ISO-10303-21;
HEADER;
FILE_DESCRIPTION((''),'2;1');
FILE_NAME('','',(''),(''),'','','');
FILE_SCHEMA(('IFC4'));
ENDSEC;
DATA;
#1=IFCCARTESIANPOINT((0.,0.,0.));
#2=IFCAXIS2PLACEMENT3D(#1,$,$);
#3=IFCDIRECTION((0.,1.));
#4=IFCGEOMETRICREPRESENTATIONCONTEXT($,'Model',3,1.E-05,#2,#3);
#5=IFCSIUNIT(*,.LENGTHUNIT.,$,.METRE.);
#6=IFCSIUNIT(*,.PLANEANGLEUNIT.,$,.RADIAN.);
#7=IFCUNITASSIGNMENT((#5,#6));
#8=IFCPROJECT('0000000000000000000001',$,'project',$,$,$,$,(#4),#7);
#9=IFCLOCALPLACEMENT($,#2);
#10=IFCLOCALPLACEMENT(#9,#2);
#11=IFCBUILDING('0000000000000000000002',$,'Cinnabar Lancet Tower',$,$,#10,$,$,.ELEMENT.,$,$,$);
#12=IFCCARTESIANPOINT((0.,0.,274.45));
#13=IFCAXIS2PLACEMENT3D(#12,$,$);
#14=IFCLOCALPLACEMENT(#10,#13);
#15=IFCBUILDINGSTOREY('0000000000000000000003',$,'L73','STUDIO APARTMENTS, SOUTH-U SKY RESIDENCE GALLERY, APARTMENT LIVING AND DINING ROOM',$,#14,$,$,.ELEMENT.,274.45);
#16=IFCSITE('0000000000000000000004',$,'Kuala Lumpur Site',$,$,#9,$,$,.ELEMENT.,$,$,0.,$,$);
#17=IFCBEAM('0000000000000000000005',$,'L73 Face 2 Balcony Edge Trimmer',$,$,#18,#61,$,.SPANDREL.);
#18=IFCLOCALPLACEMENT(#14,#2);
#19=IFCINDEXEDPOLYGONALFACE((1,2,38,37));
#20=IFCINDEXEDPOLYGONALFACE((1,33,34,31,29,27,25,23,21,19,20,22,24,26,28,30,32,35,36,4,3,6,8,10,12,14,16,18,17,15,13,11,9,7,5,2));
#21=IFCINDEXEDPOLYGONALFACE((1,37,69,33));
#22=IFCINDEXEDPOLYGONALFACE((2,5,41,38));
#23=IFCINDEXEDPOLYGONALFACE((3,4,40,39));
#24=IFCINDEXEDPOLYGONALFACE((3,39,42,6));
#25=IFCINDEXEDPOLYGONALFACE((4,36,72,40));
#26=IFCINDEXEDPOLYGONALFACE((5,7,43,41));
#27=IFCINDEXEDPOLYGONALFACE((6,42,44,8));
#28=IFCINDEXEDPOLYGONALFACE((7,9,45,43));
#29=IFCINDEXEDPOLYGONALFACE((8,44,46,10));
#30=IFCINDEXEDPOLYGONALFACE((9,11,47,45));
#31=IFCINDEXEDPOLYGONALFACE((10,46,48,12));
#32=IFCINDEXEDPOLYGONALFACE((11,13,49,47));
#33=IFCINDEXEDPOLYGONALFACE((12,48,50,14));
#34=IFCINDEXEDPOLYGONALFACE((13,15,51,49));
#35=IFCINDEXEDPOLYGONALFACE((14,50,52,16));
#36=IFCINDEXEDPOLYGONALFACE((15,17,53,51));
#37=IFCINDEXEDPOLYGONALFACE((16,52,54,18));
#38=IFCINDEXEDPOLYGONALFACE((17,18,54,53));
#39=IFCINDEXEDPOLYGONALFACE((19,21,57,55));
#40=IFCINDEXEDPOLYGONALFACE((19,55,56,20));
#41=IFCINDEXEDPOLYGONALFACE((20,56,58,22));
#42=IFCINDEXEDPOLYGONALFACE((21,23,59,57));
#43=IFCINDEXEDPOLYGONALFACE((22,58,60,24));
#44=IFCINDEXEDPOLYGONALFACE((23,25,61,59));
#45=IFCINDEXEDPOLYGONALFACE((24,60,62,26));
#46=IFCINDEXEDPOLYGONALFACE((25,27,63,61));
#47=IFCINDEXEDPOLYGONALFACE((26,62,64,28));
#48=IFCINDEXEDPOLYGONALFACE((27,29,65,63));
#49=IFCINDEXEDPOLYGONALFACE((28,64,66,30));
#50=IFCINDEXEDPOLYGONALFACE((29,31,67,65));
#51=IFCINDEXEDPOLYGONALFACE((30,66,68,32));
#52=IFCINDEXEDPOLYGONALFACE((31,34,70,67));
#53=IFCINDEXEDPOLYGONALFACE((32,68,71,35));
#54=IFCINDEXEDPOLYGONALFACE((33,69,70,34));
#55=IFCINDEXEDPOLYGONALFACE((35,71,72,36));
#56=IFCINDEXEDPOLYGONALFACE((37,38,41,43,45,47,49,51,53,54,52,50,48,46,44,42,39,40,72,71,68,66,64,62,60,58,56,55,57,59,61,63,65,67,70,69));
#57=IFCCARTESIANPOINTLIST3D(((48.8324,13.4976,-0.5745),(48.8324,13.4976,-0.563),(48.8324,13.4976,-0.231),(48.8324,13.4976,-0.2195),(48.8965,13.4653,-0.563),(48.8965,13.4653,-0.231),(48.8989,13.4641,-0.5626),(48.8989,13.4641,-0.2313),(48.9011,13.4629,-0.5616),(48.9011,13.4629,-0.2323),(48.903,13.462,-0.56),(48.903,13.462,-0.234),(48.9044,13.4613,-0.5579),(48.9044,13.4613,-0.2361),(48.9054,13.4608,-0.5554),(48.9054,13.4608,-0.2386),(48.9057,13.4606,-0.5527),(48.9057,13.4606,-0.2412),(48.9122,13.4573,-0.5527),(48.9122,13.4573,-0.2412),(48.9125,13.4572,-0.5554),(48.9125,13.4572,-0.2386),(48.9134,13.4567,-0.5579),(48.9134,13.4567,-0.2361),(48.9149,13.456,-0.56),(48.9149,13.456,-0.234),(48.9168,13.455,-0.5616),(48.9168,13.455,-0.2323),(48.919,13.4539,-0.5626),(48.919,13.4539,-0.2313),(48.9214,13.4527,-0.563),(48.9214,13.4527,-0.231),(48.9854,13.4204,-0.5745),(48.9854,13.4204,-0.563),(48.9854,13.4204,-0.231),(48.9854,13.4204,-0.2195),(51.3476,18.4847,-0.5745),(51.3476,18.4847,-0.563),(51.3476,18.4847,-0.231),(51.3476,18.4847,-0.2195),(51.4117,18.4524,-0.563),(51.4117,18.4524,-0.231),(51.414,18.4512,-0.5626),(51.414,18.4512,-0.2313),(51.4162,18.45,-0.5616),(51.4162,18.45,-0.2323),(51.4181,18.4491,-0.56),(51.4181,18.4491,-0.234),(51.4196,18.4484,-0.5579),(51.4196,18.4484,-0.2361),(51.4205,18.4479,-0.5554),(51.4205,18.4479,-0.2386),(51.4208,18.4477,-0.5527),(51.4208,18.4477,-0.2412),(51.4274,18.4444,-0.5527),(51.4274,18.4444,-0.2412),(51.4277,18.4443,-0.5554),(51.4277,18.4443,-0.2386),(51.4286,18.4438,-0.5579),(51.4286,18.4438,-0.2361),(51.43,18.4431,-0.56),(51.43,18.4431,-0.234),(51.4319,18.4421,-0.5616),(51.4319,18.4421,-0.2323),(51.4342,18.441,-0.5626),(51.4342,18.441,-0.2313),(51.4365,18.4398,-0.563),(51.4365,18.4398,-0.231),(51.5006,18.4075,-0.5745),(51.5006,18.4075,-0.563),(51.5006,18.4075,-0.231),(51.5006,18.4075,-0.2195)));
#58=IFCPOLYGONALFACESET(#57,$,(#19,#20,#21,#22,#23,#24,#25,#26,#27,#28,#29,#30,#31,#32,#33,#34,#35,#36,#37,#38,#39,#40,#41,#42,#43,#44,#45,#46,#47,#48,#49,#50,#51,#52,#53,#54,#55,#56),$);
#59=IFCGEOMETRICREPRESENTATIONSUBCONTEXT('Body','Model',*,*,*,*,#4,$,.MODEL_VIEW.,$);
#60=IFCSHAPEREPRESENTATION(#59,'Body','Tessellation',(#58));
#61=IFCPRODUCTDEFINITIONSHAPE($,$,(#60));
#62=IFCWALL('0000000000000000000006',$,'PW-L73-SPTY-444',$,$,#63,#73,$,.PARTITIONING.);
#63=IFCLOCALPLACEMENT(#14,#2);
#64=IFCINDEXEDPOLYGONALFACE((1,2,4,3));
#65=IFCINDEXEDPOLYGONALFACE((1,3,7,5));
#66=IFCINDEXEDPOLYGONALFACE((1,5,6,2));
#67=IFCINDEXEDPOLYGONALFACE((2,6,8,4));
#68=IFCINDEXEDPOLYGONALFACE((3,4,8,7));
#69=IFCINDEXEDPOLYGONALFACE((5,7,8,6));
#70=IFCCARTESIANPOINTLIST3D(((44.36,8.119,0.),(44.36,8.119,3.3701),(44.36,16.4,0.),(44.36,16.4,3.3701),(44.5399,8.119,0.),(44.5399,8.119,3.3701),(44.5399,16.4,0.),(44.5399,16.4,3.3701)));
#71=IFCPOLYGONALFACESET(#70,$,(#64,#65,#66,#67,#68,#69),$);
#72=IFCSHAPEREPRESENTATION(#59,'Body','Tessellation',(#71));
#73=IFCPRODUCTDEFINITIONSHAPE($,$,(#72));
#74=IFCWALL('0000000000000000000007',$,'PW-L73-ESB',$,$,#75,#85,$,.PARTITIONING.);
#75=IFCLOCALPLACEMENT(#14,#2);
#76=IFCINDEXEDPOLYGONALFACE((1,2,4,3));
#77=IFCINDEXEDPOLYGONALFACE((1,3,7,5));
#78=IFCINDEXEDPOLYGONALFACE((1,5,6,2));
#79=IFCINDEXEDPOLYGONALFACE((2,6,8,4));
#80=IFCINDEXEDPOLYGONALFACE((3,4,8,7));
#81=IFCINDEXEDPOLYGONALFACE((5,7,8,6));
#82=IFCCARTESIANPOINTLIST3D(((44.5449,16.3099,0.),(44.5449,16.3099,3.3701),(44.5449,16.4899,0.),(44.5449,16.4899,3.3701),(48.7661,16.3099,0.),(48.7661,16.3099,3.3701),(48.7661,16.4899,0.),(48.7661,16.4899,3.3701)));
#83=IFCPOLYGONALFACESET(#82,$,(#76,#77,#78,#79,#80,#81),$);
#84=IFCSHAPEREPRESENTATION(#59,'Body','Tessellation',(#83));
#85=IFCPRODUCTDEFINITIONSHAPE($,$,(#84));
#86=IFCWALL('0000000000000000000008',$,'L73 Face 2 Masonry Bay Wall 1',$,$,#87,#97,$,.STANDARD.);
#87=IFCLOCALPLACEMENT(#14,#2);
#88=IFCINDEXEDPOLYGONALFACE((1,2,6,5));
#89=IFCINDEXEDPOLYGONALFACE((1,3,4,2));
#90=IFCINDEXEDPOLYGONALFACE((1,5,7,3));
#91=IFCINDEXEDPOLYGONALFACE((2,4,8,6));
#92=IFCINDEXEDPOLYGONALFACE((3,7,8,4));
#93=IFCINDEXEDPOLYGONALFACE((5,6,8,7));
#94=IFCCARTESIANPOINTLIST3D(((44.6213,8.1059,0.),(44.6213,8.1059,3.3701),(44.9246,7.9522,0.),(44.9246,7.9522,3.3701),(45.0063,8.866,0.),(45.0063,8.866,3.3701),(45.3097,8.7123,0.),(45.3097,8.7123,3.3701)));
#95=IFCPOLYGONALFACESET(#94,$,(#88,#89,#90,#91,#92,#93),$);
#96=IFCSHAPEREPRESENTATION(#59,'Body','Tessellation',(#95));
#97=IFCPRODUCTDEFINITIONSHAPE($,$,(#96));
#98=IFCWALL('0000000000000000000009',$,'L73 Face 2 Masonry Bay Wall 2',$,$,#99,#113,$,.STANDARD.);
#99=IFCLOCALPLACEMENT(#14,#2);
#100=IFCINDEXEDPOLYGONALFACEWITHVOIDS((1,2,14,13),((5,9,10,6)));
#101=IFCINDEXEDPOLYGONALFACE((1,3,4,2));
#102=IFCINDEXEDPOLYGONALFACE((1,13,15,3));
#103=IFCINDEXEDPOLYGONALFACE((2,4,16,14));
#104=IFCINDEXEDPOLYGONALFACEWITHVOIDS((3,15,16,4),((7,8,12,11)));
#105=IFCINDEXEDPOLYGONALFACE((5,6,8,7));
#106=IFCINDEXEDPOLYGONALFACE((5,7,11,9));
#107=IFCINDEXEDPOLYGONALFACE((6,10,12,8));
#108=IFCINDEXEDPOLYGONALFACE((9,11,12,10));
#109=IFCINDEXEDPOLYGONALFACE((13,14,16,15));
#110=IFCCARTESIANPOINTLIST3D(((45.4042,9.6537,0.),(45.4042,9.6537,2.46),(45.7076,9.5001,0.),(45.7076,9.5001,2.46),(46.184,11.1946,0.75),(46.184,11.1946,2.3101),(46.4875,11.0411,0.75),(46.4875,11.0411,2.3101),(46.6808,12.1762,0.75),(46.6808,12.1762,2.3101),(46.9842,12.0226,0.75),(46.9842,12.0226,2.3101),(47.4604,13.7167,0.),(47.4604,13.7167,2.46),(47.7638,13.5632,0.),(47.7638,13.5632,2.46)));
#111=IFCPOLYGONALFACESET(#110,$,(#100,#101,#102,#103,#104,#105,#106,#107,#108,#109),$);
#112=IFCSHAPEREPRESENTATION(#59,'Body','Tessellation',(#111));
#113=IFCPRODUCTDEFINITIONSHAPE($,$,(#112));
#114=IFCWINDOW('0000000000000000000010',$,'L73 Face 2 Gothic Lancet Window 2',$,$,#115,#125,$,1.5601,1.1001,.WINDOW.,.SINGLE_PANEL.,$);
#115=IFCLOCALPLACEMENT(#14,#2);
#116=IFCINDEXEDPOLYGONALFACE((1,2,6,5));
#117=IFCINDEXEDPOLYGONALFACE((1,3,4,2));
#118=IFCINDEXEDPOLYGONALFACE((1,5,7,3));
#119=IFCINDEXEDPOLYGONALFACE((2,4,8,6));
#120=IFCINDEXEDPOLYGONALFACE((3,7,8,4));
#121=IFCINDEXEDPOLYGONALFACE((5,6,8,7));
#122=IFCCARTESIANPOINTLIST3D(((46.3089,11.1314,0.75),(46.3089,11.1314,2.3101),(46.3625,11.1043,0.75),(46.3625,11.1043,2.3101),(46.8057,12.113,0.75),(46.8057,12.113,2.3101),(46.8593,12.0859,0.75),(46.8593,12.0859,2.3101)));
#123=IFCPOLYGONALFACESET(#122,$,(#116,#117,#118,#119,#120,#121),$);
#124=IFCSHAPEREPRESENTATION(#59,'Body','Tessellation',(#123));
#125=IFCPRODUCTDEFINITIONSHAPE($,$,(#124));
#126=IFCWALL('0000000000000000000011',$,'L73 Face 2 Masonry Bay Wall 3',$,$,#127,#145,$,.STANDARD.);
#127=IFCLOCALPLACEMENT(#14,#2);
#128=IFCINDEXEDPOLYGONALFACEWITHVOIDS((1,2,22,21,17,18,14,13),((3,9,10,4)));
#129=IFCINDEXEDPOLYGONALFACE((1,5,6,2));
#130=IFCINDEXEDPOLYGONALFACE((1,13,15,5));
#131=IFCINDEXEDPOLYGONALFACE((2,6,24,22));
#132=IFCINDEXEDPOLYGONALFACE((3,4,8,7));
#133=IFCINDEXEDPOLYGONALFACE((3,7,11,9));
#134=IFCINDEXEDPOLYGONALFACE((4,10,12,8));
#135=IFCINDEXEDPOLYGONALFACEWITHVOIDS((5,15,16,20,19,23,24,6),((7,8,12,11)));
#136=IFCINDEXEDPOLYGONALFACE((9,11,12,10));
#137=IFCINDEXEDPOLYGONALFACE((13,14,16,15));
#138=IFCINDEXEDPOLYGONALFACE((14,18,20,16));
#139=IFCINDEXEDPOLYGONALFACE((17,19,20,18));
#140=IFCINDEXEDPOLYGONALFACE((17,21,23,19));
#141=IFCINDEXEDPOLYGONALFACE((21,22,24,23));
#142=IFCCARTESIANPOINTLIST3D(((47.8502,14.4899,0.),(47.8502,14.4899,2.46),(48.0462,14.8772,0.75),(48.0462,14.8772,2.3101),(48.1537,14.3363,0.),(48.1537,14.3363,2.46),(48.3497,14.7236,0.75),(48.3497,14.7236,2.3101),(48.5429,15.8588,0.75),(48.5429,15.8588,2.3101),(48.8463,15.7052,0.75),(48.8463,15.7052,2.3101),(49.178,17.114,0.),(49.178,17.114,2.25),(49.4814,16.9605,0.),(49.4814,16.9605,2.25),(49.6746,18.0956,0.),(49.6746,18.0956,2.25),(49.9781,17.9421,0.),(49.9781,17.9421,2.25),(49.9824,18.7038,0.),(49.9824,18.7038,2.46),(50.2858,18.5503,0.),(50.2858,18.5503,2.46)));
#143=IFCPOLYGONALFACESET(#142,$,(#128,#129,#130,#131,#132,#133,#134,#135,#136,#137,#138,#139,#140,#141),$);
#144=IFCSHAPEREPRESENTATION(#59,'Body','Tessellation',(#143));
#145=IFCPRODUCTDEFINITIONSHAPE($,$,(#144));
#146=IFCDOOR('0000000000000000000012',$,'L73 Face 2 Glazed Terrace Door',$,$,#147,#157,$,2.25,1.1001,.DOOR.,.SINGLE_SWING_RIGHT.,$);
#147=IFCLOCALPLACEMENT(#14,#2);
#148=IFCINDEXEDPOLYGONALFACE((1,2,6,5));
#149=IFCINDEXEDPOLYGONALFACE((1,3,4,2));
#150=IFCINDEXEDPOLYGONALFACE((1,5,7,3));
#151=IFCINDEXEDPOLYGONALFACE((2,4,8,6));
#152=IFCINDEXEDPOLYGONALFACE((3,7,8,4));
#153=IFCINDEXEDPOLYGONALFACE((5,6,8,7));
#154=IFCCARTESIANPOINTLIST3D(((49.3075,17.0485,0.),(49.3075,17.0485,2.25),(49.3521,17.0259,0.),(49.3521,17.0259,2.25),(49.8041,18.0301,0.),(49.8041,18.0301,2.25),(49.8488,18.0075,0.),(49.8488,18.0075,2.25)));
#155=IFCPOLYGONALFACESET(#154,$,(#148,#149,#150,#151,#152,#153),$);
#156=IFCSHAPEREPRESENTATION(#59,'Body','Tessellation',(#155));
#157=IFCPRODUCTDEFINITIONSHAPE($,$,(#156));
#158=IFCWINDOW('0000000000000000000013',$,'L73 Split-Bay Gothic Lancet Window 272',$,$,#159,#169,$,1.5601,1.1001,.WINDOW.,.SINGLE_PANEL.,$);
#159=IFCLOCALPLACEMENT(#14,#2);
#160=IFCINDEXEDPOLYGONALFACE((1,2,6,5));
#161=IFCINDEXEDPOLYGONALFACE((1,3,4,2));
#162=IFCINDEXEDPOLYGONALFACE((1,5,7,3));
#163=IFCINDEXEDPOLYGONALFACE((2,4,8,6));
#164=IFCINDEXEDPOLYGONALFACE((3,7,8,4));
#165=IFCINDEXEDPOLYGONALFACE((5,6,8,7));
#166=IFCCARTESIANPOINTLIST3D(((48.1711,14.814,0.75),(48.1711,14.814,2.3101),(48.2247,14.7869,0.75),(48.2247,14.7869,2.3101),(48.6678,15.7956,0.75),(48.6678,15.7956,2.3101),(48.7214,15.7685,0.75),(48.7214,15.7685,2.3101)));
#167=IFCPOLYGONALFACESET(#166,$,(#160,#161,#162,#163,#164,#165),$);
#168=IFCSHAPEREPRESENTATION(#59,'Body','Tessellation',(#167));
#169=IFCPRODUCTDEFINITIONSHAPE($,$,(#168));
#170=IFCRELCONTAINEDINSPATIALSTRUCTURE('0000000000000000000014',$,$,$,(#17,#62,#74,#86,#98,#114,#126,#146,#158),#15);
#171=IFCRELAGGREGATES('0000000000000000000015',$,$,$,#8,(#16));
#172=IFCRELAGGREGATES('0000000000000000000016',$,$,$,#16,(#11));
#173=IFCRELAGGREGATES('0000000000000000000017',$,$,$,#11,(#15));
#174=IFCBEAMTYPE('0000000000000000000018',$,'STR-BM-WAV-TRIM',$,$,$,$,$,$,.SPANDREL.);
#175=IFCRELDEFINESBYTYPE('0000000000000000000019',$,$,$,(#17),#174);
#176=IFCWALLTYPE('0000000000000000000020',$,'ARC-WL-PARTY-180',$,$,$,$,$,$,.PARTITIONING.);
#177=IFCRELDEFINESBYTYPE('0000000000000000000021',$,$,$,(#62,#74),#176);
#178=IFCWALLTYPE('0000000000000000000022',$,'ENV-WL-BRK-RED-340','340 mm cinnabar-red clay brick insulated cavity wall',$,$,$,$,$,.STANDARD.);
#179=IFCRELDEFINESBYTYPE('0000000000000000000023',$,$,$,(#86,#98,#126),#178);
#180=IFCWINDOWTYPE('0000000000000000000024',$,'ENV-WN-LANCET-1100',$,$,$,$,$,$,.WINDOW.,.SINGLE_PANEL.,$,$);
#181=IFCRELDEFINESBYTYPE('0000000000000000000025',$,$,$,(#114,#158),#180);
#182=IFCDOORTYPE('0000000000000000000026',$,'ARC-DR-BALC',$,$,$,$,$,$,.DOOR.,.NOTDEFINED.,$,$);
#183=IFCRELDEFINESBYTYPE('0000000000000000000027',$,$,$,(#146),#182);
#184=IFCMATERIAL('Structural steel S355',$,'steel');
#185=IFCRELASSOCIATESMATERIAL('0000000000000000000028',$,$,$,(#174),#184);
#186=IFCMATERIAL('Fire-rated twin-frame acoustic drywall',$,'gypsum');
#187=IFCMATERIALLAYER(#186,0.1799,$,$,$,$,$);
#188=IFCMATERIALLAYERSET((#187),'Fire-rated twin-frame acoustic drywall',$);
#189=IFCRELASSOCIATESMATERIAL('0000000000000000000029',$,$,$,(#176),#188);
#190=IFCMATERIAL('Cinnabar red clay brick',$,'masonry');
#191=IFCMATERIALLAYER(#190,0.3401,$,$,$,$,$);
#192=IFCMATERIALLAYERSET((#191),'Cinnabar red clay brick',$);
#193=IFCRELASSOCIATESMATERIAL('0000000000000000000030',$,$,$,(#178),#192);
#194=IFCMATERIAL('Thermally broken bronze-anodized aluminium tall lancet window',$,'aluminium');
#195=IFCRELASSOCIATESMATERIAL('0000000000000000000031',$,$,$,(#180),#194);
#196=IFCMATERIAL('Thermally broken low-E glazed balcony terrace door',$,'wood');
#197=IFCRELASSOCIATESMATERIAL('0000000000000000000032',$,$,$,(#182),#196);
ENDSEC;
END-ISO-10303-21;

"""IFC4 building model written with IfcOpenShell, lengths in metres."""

from ifc_helpers import new_model, si_unit, direction, frame, frame_2d, origin, origin_2d, place, context, subcontext, project, spatial, rectangle, i_section, extrude, material, layer, layer_set, material_profile, profile_set, type_object, element, fill, save


model = new_model("IFC4")

# Units and contexts
model_context = context("Model", 3, precision=1e-05, world=origin(), true_north=direction((0.0, 1.0)))
body_context = subcontext(model_context, "Body", "Model", "MODEL_VIEW")
ifc_project = project(units=[si_unit("LENGTHUNIT", "METRE"), si_unit("PLANEANGLEUNIT", "RADIAN")], contexts=[model_context])

# Site, building, storey
site_placement = place(None, origin())
site = spatial("IfcSite", under=ifc_project, at=site_placement, Name="Kuala Lumpur Site", CompositionType="ELEMENT", RefElevation=0.0)
building_placement = place(site_placement, origin())
building = spatial("IfcBuilding", under=site, at=building_placement, Name="Cinnabar Lancet Tower", CompositionType="ELEMENT")
storey_placement = place(building_placement, frame((0.0, 0.0, 274.45)))
storey = spatial("IfcBuildingStorey", under=building, at=storey_placement, Name="L73", Description="STUDIO APARTMENTS, SOUTH-U SKY RESIDENCE GALLERY, APARTMENT LIVING AND DINING ROOM", CompositionType="ELEMENT", Elevation=274.45)

# Beam
ifc_material_1 = material(Name="Structural steel S355", Category="steel")
ifc_material_profile_1 = material_profile(ifc_material_1, i_section(OverallWidth=0.1714, OverallDepth=0.355, WebThickness=0.0073, FlangeThickness=0.0115, FilletRadius=0.0103, at=origin_2d()), Name="UKB 356x171x51")
ifc_profile_set_1 = profile_set([ifc_material_profile_1], Name="Structural steel S355")
beam_type_1 = type_object("IfcBeamType", Name="STR-BM-WAV-TRIM", PredefinedType="SPANDREL", material=ifc_profile_set_1)
beam_1_placement = place(storey_placement, frame((48.9089, 13.459, -0.397), z_axis=(0.450306, 0.892874, 0.0), x_axis=(-0.892874, 0.450306, 0.0)))
element("IfcBeam", 1, at=beam_1_placement, inside=storey, type_object=beam_type_1, Name="L73 Face 2 Balcony Edge Trimmer", PredefinedType="SPANDREL", context=body_context, shape_type="SweptSolid", body=[
    extrude(i_section(OverallWidth=0.1714, OverallDepth=0.355, WebThickness=0.0073, FlangeThickness=0.0115, FilletRadius=0.0103, at=origin_2d()), origin(), (0.0, 0.0, 1.0), 5.5854),
])

# Walls
ifc_material_2 = material(Name="Fire-rated twin-frame acoustic drywall", Category="gypsum")
ifc_layer_1 = layer(ifc_material_2, 0.1799)
ifc_layer_set_1 = layer_set([ifc_layer_1], Name="Fire-rated twin-frame acoustic drywall")
wall_type_1 = type_object("IfcWallType", Name="ARC-WL-PARTY-180", PredefinedType="PARTITIONING", material=ifc_layer_set_1)
wall_1_placement = place(storey_placement, frame((44.45, 8.1189, 0.0), z_axis=(0.0, 0.0, 1.0), x_axis=(0.0, 1.0, 0.0)))
element("IfcWall", 2, at=wall_1_placement, inside=storey, type_object=wall_type_1, Name="PW-L73-SPTY-444", PredefinedType="PARTITIONING", context=body_context, shape_type="SweptSolid", body=[
    extrude(rectangle(XDim=8.281, YDim=0.1799, at=frame_2d((4.1406, 0.0))), origin(), (0.0, 0.0, 1.0), 3.3701),
])
wall_2_placement = place(storey_placement, frame((44.5449, 16.3999, 0.0), z_axis=(0.0, 0.0, 1.0), x_axis=(1.0, 0.0, 0.0)))
element("IfcWall", 3, at=wall_2_placement, inside=storey, type_object=wall_type_1, Name="PW-L73-ESB", PredefinedType="PARTITIONING", context=body_context, shape_type="SweptSolid", body=[
    extrude(rectangle(XDim=4.2212, YDim=0.1799, at=frame_2d((2.1106, 0.0))), origin(), (0.0, 0.0, 1.0), 3.3701),
])
ifc_material_3 = material(Name="Cinnabar red clay brick", Category="masonry")
ifc_layer_2 = layer(ifc_material_3, 0.3401)
ifc_layer_set_2 = layer_set([ifc_layer_2], Name="Cinnabar red clay brick")
wall_type_2 = type_object("IfcWallType", Name="ENV-WL-BRK-RED-340", Description="340 mm cinnabar-red clay brick insulated cavity wall", PredefinedType="STANDARD", material=ifc_layer_set_2)
wall_3_placement = place(storey_placement, frame((44.7729, 8.0291, 0.0), z_axis=(0.0, 0.0, 1.0), x_axis=(0.451907, 0.892065, 0.0)))
element("IfcWall", 4, at=wall_3_placement, inside=storey, type_object=wall_type_2, Name="L73 Face 2 Masonry Bay Wall 1", PredefinedType="STANDARD", context=body_context, shape_type="SweptSolid", body=[
    extrude(rectangle(XDim=0.8521, YDim=0.3401, at=frame_2d((0.426, 0.0))), origin(), (0.0, 0.0, 1.0), 3.3701),
])

# Wall, opening, window
wall_4_placement = place(storey_placement, frame((45.5559, 9.5769, 0.0), z_axis=(0.0, 0.0, 1.0), x_axis=(0.45154, 0.892251, 0.0)))
wall_4 = element("IfcWall", 5, at=wall_4_placement, inside=storey, type_object=wall_type_2, Name="L73 Face 2 Masonry Bay Wall 2", PredefinedType="STANDARD", context=body_context, shape_type="SweptSolid", body=[
    extrude(rectangle(XDim=4.5537, YDim=0.3401, at=frame_2d((2.2769, 0.0))), origin(), (0.0, 0.0, 1.0), 2.46),
])
opening_1_placement = place(wall_4_placement, frame((1.7271, 0.0, 0.75)))
opening_1 = element("IfcOpeningElement", 6, at=opening_1_placement, cuts=wall_4, PredefinedType="OPENING", context=body_context, shape_type="SweptSolid", body=[
    extrude(rectangle(XDim=1.1001, YDim=1.5601, at=frame_2d((0.55, 0.78))), frame((0.0, 0.1799, 0.0), z_axis=(0.0, -1.0, 0.0), x_axis=(1.0, 0.0, 0.0)), (0.0, 0.0, 1.0), 0.3601),
])
ifc_material_4 = material(Name="Thermally broken bronze-anodized aluminium tall lancet window", Category="aluminium")
window_type = type_object("IfcWindowType", Name="ENV-WN-LANCET-1100", PartitioningType="SINGLE_PANEL", PredefinedType="WINDOW", material=ifc_material_4)
window_1_placement = place(opening_1_placement, origin())
window_1 = element("IfcWindow", 7, at=window_1_placement, inside=storey, type_object=window_type, Name="L73 Face 2 Gothic Lancet Window 2", OverallHeight=1.5601, OverallWidth=1.1001, PartitioningType="SINGLE_PANEL", PredefinedType="WINDOW", context=body_context, shape_type="SweptSolid", body=[
    extrude(rectangle(XDim=1.1001, YDim=1.5601, at=frame_2d((0.55, 0.78))), frame((0.0, 0.03, 0.0), z_axis=(0.0, -1.0, 0.0), x_axis=(1.0, 0.0, 0.0)), (0.0, 0.0, 1.0), 0.0601),
])
fill(opening_1, window_1)

# Wall, openings, door, window
wall_5_placement = place(storey_placement, frame((48.002, 14.4131, 0.0), z_axis=(0.0, 0.0, 1.0), x_axis=(0.451468, 0.892287, 0.0)))
wall_5 = element("IfcWall", 8, at=wall_5_placement, inside=storey, type_object=wall_type_2, Name="L73 Face 2 Masonry Bay Wall 3", PredefinedType="STANDARD", context=body_context, shape_type="SweptSolid", body=[
    extrude(rectangle(XDim=4.7227, YDim=0.3401, at=frame_2d((2.3613, 0.0))), origin(), (0.0, 0.0, 1.0), 2.46),
])
opening_2_placement = place(wall_5_placement, frame((2.9409, 0.0, 0.0)))
opening_2 = element("IfcOpeningElement", 9, at=opening_2_placement, cuts=wall_5, PredefinedType="OPENING", context=body_context, shape_type="SweptSolid", body=[
    extrude(rectangle(XDim=1.1001, YDim=2.25, at=frame_2d((0.55, 1.125))), frame((0.0, 0.1799, 0.0), z_axis=(0.0, -1.0, 0.0), x_axis=(1.0, 0.0, 0.0)), (0.0, 0.0, 1.0), 0.3601),
])
opening_3_placement = place(wall_5_placement, frame((0.4341, 0.0, 0.75)))
opening_3 = element("IfcOpeningElement", 10, at=opening_3_placement, cuts=wall_5, PredefinedType="OPENING", context=body_context, shape_type="SweptSolid", body=[
    extrude(rectangle(XDim=1.1001, YDim=1.5601, at=frame_2d((0.55, 0.78))), frame((0.0, 0.1799, 0.0), z_axis=(0.0, -1.0, 0.0), x_axis=(1.0, 0.0, 0.0)), (0.0, 0.0, 1.0), 0.3601),
])
ifc_material_5 = material(Name="Thermally broken low-E glazed balcony terrace door", Category="wood")
door_type = type_object("IfcDoorType", Name="ARC-DR-BALC", OperationType="NOTDEFINED", PredefinedType="DOOR", material=ifc_material_5)
door_placement = place(opening_2_placement, origin())
door = element("IfcDoor", 11, at=door_placement, inside=storey, type_object=door_type, Name="L73 Face 2 Glazed Terrace Door", OperationType="SINGLE_SWING_RIGHT", OverallHeight=2.25, OverallWidth=1.1001, PredefinedType="DOOR", context=body_context, shape_type="SweptSolid", body=[
    extrude(rectangle(XDim=1.1001, YDim=2.25, at=frame_2d((0.55, 1.125))), frame((0.0, 0.0249, 0.0), z_axis=(0.0, -1.0, 0.0), x_axis=(1.0, 0.0, 0.0)), (0.0, 0.0, 1.0), 0.05),
])
fill(opening_2, door)
window_2_placement = place(opening_3_placement, origin())
window_2 = element("IfcWindow", 12, at=window_2_placement, inside=storey, type_object=window_type, Name="L73 Split-Bay Gothic Lancet Window 272", OverallHeight=1.5601, OverallWidth=1.1001, PartitioningType="SINGLE_PANEL", PredefinedType="WINDOW", context=body_context, shape_type="SweptSolid", body=[
    extrude(rectangle(XDim=1.1001, YDim=1.5601, at=frame_2d((0.55, 0.78))), frame((0.0, 0.03, 0.0), z_axis=(0.0, -1.0, 0.0), x_axis=(1.0, 0.0, 0.0)), (0.0, 0.0, 1.0), 0.0601),
])
fill(opening_3, window_2)

save(model, "model.ifc")
